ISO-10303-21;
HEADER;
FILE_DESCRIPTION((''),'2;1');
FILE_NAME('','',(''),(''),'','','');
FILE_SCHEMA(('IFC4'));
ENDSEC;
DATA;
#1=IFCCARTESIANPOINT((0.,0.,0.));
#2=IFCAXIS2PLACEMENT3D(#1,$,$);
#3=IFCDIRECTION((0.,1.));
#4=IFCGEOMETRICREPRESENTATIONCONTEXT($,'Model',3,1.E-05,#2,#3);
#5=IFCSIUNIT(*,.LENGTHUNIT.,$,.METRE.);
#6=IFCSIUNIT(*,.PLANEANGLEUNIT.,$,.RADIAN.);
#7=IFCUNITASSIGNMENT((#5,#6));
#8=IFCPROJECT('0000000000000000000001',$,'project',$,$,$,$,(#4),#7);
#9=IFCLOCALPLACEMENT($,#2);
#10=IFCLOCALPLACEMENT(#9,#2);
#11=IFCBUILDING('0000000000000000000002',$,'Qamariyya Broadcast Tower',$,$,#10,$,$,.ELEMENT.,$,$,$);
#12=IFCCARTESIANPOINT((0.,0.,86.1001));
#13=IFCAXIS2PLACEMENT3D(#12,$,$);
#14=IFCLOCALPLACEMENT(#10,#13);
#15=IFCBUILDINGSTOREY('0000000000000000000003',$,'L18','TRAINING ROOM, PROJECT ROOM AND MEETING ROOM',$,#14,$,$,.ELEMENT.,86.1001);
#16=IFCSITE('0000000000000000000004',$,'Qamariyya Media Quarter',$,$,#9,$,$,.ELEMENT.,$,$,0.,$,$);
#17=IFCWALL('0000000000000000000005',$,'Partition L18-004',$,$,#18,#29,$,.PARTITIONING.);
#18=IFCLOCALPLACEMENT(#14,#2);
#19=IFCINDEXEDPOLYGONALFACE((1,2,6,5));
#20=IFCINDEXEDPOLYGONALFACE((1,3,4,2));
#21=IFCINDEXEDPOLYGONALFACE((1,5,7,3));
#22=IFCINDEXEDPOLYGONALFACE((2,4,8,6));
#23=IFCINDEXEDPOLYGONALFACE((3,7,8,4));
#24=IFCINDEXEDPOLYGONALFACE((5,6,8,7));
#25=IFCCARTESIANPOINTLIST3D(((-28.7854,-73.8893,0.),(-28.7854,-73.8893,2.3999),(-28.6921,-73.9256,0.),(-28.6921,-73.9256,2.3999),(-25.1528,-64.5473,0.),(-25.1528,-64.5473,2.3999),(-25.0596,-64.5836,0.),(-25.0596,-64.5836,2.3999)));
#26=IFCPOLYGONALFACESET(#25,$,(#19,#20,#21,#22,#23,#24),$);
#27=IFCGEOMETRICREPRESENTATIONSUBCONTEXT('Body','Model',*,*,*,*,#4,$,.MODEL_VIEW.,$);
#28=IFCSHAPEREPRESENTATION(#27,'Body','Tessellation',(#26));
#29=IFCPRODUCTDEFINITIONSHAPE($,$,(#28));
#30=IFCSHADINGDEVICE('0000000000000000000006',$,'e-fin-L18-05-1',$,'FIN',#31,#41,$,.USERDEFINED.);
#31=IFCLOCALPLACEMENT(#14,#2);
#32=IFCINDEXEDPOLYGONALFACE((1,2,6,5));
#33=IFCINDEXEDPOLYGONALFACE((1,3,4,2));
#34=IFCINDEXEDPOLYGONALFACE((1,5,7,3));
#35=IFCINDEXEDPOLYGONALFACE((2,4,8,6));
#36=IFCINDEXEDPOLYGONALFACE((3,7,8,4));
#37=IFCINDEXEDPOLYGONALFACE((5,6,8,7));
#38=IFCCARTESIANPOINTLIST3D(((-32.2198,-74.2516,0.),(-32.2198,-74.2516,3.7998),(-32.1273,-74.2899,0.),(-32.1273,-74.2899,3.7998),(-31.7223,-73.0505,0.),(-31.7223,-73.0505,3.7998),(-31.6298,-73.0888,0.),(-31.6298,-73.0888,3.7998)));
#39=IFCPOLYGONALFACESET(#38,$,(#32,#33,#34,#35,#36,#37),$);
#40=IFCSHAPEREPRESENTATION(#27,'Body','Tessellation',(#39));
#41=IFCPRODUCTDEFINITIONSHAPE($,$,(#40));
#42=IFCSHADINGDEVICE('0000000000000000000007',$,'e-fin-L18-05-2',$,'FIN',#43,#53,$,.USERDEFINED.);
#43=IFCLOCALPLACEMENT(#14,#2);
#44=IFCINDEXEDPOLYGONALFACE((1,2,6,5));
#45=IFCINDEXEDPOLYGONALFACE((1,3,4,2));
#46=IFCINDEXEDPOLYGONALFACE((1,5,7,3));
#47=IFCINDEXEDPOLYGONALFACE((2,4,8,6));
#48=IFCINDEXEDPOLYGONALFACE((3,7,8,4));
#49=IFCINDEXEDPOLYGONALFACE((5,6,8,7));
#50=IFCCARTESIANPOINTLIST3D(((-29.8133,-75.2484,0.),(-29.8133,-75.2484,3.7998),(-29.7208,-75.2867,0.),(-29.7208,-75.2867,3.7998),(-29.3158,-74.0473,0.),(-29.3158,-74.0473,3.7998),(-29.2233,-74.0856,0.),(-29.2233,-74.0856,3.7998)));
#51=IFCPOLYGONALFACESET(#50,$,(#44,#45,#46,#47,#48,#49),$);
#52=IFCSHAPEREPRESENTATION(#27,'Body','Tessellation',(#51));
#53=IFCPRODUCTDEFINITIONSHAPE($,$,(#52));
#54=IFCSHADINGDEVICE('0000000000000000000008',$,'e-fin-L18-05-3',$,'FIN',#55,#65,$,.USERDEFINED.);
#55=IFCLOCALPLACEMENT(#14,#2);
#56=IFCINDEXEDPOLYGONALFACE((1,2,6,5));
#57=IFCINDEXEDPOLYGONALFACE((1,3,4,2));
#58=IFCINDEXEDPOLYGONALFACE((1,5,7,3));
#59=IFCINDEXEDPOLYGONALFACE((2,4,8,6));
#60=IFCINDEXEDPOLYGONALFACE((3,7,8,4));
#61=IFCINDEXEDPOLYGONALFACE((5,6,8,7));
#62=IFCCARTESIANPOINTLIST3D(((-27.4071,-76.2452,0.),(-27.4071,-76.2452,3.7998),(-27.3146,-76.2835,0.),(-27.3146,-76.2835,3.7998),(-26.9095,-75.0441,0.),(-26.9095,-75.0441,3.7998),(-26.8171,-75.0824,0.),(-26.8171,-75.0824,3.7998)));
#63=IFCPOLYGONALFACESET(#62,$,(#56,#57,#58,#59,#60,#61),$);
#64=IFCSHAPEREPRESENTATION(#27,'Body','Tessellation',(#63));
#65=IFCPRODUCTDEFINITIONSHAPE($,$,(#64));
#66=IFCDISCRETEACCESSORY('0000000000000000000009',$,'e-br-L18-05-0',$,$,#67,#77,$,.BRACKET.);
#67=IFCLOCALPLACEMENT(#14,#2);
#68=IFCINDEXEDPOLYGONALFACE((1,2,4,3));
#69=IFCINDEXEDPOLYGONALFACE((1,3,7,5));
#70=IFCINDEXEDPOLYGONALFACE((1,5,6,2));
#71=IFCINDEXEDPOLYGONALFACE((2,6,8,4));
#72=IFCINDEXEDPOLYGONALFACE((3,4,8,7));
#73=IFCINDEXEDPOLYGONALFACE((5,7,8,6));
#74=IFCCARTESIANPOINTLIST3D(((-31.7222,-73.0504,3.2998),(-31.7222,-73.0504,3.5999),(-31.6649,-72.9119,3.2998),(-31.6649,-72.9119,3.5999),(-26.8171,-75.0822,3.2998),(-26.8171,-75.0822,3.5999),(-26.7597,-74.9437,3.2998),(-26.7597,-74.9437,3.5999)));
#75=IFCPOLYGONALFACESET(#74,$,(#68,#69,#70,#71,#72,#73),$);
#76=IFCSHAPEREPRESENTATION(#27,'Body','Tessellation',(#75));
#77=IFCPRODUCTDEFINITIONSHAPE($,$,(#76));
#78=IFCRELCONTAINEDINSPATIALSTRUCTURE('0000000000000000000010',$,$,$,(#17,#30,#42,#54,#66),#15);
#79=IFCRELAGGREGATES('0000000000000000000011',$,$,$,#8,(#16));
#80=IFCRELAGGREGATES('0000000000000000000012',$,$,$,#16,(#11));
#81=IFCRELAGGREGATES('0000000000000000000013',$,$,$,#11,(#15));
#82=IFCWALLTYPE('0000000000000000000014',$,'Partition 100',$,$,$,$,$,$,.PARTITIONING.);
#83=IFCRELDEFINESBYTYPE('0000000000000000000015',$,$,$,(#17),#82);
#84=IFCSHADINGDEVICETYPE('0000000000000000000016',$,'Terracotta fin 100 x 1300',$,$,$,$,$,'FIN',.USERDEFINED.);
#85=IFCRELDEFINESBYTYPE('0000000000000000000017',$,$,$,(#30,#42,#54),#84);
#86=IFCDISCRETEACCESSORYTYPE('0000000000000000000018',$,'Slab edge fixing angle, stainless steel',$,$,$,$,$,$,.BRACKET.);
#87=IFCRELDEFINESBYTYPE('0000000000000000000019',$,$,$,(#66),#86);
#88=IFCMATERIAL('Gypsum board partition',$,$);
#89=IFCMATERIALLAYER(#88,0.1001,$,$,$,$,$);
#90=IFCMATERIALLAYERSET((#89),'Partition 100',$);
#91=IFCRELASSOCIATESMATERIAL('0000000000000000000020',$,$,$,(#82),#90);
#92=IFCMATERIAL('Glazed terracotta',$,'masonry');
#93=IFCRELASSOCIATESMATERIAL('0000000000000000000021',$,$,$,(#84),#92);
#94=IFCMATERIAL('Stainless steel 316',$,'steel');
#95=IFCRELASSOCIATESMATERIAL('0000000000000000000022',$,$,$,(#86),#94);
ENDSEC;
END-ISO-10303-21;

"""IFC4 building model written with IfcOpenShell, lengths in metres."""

from ifc_helpers import new_model, si_unit, direction, frame, frame_2d, origin, origin_2d, place, context, subcontext, project, spatial, rectangle, extrude, material, layer, layer_set, material_profile, profile_set, type_object, element, save


model = new_model("IFC4")

# Units and contexts
model_context = context("Model", 3, precision=1e-05, world=origin(), true_north=direction((0.0, 1.0)))
body_context = subcontext(model_context, "Body", "Model", "MODEL_VIEW")
ifc_project = project(units=[si_unit("LENGTHUNIT", "METRE"), si_unit("PLANEANGLEUNIT", "RADIAN")], contexts=[model_context])

# Site, building, storey
site_placement = place(None, origin())
site = spatial("IfcSite", under=ifc_project, at=site_placement, Name="Qamariyya Media Quarter", CompositionType="ELEMENT", RefElevation=0.0)
building_placement = place(site_placement, origin())
building = spatial("IfcBuilding", under=site, at=building_placement, Name="Qamariyya Broadcast Tower", CompositionType="ELEMENT")
storey_placement = place(building_placement, frame((0.0, 0.0, 86.1001)))
storey = spatial("IfcBuildingStorey", under=building, at=storey_placement, Name="L18", Description="TRAINING ROOM, PROJECT ROOM AND MEETING ROOM", CompositionType="ELEMENT", Elevation=86.1001)

# Wall
ifc_material_1 = material(Name="Gypsum board partition")
ifc_layer_1 = layer(ifc_material_1, 0.1001)
ifc_layer_set_1 = layer_set([ifc_layer_1], Name="Partition 100")
wall_type_1 = type_object("IfcWallType", Name="Partition 100", PredefinedType="PARTITIONING", material=ifc_layer_set_1)
wall_1_placement = place(storey_placement, frame((-28.7388, -73.9075, 0.0), z_axis=(0.0, 0.0, 1.0), x_axis=(0.362407, 0.93202, 0.0)))
element("IfcWall", 1, at=wall_1_placement, inside=storey, type_object=wall_type_1, Name="Partition L18-004", PredefinedType="PARTITIONING", context=body_context, shape_type="SweptSolid", body=[
    extrude(rectangle(XDim=10.0234, YDim=0.1001, at=frame_2d((5.0117, 0.0))), origin(), (0.0, 0.0, 1.0), 2.3999),
])

# Shading devices
ifc_material_2 = material(Name="Glazed terracotta", Category="masonry")
ifc_material_profile_1 = material_profile(ifc_material_2, rectangle(XDim=1.3, YDim=0.1001, at=origin_2d()))
ifc_profile_set_1 = profile_set([ifc_material_profile_1], Name="Glazed terracotta")
shading_device_type = type_object("IfcShadingDeviceType", Name="Terracotta fin 100 x 1300", ElementType="FIN", PredefinedType="USERDEFINED", material=ifc_profile_set_1)
for number, where, z_axis, x_axis, name in (
    (2, (-31.9248, -73.6702, 0.0), (0.0, 0.0, 1.0), (-0.382683, -0.92388, 0.0), "e-fin-L18-05-1"),
    (3, (-29.5183, -74.667, 0.0), (0.0, 0.0, 1.0), (-0.382683, -0.92388, 0.0), "e-fin-L18-05-2"),
    (4, (-27.1121, -75.6638, 0.0), (0.0, 0.0, 1.0), (-0.382683, -0.92388, 0.0), "e-fin-L18-05-3"),
):
    element("IfcShadingDevice", number, at=place(storey_placement, frame(where, z_axis=z_axis, x_axis=x_axis)), inside=storey, type_object=shading_device_type, Name=name, ObjectType="FIN", PredefinedType="USERDEFINED", context=body_context, shape_type="SweptSolid", body=[
        extrude(rectangle(XDim=1.3, YDim=0.1001, at=origin_2d()), origin(), (0.0, 0.0, 1.0), 3.7998),
    ])

# Discrete accessory
ifc_material_3 = material(Name="Stainless steel 316", Category="steel")
discrete_accessory_type = type_object("IfcDiscreteAccessoryType", Name="Slab edge fixing angle, stainless steel", PredefinedType="BRACKET", material=ifc_material_3)
discrete_accessory_placement = place(storey_placement, frame((-29.241, -73.9971, 3.2998), z_axis=(0.0, 0.0, 1.0), x_axis=(0.92388, -0.382683, 0.0)))
element("IfcDiscreteAccessory", 5, at=discrete_accessory_placement, inside=storey, type_object=discrete_accessory_type, Name="e-br-L18-05-0", PredefinedType="BRACKET", context=body_context, shape_type="SweptSolid", body=[
    extrude(rectangle(XDim=5.3093, YDim=0.1499, at=origin_2d()), origin(), (0.0, 0.0, 1.0), 0.3),
])

save(model, "model.ifc")
